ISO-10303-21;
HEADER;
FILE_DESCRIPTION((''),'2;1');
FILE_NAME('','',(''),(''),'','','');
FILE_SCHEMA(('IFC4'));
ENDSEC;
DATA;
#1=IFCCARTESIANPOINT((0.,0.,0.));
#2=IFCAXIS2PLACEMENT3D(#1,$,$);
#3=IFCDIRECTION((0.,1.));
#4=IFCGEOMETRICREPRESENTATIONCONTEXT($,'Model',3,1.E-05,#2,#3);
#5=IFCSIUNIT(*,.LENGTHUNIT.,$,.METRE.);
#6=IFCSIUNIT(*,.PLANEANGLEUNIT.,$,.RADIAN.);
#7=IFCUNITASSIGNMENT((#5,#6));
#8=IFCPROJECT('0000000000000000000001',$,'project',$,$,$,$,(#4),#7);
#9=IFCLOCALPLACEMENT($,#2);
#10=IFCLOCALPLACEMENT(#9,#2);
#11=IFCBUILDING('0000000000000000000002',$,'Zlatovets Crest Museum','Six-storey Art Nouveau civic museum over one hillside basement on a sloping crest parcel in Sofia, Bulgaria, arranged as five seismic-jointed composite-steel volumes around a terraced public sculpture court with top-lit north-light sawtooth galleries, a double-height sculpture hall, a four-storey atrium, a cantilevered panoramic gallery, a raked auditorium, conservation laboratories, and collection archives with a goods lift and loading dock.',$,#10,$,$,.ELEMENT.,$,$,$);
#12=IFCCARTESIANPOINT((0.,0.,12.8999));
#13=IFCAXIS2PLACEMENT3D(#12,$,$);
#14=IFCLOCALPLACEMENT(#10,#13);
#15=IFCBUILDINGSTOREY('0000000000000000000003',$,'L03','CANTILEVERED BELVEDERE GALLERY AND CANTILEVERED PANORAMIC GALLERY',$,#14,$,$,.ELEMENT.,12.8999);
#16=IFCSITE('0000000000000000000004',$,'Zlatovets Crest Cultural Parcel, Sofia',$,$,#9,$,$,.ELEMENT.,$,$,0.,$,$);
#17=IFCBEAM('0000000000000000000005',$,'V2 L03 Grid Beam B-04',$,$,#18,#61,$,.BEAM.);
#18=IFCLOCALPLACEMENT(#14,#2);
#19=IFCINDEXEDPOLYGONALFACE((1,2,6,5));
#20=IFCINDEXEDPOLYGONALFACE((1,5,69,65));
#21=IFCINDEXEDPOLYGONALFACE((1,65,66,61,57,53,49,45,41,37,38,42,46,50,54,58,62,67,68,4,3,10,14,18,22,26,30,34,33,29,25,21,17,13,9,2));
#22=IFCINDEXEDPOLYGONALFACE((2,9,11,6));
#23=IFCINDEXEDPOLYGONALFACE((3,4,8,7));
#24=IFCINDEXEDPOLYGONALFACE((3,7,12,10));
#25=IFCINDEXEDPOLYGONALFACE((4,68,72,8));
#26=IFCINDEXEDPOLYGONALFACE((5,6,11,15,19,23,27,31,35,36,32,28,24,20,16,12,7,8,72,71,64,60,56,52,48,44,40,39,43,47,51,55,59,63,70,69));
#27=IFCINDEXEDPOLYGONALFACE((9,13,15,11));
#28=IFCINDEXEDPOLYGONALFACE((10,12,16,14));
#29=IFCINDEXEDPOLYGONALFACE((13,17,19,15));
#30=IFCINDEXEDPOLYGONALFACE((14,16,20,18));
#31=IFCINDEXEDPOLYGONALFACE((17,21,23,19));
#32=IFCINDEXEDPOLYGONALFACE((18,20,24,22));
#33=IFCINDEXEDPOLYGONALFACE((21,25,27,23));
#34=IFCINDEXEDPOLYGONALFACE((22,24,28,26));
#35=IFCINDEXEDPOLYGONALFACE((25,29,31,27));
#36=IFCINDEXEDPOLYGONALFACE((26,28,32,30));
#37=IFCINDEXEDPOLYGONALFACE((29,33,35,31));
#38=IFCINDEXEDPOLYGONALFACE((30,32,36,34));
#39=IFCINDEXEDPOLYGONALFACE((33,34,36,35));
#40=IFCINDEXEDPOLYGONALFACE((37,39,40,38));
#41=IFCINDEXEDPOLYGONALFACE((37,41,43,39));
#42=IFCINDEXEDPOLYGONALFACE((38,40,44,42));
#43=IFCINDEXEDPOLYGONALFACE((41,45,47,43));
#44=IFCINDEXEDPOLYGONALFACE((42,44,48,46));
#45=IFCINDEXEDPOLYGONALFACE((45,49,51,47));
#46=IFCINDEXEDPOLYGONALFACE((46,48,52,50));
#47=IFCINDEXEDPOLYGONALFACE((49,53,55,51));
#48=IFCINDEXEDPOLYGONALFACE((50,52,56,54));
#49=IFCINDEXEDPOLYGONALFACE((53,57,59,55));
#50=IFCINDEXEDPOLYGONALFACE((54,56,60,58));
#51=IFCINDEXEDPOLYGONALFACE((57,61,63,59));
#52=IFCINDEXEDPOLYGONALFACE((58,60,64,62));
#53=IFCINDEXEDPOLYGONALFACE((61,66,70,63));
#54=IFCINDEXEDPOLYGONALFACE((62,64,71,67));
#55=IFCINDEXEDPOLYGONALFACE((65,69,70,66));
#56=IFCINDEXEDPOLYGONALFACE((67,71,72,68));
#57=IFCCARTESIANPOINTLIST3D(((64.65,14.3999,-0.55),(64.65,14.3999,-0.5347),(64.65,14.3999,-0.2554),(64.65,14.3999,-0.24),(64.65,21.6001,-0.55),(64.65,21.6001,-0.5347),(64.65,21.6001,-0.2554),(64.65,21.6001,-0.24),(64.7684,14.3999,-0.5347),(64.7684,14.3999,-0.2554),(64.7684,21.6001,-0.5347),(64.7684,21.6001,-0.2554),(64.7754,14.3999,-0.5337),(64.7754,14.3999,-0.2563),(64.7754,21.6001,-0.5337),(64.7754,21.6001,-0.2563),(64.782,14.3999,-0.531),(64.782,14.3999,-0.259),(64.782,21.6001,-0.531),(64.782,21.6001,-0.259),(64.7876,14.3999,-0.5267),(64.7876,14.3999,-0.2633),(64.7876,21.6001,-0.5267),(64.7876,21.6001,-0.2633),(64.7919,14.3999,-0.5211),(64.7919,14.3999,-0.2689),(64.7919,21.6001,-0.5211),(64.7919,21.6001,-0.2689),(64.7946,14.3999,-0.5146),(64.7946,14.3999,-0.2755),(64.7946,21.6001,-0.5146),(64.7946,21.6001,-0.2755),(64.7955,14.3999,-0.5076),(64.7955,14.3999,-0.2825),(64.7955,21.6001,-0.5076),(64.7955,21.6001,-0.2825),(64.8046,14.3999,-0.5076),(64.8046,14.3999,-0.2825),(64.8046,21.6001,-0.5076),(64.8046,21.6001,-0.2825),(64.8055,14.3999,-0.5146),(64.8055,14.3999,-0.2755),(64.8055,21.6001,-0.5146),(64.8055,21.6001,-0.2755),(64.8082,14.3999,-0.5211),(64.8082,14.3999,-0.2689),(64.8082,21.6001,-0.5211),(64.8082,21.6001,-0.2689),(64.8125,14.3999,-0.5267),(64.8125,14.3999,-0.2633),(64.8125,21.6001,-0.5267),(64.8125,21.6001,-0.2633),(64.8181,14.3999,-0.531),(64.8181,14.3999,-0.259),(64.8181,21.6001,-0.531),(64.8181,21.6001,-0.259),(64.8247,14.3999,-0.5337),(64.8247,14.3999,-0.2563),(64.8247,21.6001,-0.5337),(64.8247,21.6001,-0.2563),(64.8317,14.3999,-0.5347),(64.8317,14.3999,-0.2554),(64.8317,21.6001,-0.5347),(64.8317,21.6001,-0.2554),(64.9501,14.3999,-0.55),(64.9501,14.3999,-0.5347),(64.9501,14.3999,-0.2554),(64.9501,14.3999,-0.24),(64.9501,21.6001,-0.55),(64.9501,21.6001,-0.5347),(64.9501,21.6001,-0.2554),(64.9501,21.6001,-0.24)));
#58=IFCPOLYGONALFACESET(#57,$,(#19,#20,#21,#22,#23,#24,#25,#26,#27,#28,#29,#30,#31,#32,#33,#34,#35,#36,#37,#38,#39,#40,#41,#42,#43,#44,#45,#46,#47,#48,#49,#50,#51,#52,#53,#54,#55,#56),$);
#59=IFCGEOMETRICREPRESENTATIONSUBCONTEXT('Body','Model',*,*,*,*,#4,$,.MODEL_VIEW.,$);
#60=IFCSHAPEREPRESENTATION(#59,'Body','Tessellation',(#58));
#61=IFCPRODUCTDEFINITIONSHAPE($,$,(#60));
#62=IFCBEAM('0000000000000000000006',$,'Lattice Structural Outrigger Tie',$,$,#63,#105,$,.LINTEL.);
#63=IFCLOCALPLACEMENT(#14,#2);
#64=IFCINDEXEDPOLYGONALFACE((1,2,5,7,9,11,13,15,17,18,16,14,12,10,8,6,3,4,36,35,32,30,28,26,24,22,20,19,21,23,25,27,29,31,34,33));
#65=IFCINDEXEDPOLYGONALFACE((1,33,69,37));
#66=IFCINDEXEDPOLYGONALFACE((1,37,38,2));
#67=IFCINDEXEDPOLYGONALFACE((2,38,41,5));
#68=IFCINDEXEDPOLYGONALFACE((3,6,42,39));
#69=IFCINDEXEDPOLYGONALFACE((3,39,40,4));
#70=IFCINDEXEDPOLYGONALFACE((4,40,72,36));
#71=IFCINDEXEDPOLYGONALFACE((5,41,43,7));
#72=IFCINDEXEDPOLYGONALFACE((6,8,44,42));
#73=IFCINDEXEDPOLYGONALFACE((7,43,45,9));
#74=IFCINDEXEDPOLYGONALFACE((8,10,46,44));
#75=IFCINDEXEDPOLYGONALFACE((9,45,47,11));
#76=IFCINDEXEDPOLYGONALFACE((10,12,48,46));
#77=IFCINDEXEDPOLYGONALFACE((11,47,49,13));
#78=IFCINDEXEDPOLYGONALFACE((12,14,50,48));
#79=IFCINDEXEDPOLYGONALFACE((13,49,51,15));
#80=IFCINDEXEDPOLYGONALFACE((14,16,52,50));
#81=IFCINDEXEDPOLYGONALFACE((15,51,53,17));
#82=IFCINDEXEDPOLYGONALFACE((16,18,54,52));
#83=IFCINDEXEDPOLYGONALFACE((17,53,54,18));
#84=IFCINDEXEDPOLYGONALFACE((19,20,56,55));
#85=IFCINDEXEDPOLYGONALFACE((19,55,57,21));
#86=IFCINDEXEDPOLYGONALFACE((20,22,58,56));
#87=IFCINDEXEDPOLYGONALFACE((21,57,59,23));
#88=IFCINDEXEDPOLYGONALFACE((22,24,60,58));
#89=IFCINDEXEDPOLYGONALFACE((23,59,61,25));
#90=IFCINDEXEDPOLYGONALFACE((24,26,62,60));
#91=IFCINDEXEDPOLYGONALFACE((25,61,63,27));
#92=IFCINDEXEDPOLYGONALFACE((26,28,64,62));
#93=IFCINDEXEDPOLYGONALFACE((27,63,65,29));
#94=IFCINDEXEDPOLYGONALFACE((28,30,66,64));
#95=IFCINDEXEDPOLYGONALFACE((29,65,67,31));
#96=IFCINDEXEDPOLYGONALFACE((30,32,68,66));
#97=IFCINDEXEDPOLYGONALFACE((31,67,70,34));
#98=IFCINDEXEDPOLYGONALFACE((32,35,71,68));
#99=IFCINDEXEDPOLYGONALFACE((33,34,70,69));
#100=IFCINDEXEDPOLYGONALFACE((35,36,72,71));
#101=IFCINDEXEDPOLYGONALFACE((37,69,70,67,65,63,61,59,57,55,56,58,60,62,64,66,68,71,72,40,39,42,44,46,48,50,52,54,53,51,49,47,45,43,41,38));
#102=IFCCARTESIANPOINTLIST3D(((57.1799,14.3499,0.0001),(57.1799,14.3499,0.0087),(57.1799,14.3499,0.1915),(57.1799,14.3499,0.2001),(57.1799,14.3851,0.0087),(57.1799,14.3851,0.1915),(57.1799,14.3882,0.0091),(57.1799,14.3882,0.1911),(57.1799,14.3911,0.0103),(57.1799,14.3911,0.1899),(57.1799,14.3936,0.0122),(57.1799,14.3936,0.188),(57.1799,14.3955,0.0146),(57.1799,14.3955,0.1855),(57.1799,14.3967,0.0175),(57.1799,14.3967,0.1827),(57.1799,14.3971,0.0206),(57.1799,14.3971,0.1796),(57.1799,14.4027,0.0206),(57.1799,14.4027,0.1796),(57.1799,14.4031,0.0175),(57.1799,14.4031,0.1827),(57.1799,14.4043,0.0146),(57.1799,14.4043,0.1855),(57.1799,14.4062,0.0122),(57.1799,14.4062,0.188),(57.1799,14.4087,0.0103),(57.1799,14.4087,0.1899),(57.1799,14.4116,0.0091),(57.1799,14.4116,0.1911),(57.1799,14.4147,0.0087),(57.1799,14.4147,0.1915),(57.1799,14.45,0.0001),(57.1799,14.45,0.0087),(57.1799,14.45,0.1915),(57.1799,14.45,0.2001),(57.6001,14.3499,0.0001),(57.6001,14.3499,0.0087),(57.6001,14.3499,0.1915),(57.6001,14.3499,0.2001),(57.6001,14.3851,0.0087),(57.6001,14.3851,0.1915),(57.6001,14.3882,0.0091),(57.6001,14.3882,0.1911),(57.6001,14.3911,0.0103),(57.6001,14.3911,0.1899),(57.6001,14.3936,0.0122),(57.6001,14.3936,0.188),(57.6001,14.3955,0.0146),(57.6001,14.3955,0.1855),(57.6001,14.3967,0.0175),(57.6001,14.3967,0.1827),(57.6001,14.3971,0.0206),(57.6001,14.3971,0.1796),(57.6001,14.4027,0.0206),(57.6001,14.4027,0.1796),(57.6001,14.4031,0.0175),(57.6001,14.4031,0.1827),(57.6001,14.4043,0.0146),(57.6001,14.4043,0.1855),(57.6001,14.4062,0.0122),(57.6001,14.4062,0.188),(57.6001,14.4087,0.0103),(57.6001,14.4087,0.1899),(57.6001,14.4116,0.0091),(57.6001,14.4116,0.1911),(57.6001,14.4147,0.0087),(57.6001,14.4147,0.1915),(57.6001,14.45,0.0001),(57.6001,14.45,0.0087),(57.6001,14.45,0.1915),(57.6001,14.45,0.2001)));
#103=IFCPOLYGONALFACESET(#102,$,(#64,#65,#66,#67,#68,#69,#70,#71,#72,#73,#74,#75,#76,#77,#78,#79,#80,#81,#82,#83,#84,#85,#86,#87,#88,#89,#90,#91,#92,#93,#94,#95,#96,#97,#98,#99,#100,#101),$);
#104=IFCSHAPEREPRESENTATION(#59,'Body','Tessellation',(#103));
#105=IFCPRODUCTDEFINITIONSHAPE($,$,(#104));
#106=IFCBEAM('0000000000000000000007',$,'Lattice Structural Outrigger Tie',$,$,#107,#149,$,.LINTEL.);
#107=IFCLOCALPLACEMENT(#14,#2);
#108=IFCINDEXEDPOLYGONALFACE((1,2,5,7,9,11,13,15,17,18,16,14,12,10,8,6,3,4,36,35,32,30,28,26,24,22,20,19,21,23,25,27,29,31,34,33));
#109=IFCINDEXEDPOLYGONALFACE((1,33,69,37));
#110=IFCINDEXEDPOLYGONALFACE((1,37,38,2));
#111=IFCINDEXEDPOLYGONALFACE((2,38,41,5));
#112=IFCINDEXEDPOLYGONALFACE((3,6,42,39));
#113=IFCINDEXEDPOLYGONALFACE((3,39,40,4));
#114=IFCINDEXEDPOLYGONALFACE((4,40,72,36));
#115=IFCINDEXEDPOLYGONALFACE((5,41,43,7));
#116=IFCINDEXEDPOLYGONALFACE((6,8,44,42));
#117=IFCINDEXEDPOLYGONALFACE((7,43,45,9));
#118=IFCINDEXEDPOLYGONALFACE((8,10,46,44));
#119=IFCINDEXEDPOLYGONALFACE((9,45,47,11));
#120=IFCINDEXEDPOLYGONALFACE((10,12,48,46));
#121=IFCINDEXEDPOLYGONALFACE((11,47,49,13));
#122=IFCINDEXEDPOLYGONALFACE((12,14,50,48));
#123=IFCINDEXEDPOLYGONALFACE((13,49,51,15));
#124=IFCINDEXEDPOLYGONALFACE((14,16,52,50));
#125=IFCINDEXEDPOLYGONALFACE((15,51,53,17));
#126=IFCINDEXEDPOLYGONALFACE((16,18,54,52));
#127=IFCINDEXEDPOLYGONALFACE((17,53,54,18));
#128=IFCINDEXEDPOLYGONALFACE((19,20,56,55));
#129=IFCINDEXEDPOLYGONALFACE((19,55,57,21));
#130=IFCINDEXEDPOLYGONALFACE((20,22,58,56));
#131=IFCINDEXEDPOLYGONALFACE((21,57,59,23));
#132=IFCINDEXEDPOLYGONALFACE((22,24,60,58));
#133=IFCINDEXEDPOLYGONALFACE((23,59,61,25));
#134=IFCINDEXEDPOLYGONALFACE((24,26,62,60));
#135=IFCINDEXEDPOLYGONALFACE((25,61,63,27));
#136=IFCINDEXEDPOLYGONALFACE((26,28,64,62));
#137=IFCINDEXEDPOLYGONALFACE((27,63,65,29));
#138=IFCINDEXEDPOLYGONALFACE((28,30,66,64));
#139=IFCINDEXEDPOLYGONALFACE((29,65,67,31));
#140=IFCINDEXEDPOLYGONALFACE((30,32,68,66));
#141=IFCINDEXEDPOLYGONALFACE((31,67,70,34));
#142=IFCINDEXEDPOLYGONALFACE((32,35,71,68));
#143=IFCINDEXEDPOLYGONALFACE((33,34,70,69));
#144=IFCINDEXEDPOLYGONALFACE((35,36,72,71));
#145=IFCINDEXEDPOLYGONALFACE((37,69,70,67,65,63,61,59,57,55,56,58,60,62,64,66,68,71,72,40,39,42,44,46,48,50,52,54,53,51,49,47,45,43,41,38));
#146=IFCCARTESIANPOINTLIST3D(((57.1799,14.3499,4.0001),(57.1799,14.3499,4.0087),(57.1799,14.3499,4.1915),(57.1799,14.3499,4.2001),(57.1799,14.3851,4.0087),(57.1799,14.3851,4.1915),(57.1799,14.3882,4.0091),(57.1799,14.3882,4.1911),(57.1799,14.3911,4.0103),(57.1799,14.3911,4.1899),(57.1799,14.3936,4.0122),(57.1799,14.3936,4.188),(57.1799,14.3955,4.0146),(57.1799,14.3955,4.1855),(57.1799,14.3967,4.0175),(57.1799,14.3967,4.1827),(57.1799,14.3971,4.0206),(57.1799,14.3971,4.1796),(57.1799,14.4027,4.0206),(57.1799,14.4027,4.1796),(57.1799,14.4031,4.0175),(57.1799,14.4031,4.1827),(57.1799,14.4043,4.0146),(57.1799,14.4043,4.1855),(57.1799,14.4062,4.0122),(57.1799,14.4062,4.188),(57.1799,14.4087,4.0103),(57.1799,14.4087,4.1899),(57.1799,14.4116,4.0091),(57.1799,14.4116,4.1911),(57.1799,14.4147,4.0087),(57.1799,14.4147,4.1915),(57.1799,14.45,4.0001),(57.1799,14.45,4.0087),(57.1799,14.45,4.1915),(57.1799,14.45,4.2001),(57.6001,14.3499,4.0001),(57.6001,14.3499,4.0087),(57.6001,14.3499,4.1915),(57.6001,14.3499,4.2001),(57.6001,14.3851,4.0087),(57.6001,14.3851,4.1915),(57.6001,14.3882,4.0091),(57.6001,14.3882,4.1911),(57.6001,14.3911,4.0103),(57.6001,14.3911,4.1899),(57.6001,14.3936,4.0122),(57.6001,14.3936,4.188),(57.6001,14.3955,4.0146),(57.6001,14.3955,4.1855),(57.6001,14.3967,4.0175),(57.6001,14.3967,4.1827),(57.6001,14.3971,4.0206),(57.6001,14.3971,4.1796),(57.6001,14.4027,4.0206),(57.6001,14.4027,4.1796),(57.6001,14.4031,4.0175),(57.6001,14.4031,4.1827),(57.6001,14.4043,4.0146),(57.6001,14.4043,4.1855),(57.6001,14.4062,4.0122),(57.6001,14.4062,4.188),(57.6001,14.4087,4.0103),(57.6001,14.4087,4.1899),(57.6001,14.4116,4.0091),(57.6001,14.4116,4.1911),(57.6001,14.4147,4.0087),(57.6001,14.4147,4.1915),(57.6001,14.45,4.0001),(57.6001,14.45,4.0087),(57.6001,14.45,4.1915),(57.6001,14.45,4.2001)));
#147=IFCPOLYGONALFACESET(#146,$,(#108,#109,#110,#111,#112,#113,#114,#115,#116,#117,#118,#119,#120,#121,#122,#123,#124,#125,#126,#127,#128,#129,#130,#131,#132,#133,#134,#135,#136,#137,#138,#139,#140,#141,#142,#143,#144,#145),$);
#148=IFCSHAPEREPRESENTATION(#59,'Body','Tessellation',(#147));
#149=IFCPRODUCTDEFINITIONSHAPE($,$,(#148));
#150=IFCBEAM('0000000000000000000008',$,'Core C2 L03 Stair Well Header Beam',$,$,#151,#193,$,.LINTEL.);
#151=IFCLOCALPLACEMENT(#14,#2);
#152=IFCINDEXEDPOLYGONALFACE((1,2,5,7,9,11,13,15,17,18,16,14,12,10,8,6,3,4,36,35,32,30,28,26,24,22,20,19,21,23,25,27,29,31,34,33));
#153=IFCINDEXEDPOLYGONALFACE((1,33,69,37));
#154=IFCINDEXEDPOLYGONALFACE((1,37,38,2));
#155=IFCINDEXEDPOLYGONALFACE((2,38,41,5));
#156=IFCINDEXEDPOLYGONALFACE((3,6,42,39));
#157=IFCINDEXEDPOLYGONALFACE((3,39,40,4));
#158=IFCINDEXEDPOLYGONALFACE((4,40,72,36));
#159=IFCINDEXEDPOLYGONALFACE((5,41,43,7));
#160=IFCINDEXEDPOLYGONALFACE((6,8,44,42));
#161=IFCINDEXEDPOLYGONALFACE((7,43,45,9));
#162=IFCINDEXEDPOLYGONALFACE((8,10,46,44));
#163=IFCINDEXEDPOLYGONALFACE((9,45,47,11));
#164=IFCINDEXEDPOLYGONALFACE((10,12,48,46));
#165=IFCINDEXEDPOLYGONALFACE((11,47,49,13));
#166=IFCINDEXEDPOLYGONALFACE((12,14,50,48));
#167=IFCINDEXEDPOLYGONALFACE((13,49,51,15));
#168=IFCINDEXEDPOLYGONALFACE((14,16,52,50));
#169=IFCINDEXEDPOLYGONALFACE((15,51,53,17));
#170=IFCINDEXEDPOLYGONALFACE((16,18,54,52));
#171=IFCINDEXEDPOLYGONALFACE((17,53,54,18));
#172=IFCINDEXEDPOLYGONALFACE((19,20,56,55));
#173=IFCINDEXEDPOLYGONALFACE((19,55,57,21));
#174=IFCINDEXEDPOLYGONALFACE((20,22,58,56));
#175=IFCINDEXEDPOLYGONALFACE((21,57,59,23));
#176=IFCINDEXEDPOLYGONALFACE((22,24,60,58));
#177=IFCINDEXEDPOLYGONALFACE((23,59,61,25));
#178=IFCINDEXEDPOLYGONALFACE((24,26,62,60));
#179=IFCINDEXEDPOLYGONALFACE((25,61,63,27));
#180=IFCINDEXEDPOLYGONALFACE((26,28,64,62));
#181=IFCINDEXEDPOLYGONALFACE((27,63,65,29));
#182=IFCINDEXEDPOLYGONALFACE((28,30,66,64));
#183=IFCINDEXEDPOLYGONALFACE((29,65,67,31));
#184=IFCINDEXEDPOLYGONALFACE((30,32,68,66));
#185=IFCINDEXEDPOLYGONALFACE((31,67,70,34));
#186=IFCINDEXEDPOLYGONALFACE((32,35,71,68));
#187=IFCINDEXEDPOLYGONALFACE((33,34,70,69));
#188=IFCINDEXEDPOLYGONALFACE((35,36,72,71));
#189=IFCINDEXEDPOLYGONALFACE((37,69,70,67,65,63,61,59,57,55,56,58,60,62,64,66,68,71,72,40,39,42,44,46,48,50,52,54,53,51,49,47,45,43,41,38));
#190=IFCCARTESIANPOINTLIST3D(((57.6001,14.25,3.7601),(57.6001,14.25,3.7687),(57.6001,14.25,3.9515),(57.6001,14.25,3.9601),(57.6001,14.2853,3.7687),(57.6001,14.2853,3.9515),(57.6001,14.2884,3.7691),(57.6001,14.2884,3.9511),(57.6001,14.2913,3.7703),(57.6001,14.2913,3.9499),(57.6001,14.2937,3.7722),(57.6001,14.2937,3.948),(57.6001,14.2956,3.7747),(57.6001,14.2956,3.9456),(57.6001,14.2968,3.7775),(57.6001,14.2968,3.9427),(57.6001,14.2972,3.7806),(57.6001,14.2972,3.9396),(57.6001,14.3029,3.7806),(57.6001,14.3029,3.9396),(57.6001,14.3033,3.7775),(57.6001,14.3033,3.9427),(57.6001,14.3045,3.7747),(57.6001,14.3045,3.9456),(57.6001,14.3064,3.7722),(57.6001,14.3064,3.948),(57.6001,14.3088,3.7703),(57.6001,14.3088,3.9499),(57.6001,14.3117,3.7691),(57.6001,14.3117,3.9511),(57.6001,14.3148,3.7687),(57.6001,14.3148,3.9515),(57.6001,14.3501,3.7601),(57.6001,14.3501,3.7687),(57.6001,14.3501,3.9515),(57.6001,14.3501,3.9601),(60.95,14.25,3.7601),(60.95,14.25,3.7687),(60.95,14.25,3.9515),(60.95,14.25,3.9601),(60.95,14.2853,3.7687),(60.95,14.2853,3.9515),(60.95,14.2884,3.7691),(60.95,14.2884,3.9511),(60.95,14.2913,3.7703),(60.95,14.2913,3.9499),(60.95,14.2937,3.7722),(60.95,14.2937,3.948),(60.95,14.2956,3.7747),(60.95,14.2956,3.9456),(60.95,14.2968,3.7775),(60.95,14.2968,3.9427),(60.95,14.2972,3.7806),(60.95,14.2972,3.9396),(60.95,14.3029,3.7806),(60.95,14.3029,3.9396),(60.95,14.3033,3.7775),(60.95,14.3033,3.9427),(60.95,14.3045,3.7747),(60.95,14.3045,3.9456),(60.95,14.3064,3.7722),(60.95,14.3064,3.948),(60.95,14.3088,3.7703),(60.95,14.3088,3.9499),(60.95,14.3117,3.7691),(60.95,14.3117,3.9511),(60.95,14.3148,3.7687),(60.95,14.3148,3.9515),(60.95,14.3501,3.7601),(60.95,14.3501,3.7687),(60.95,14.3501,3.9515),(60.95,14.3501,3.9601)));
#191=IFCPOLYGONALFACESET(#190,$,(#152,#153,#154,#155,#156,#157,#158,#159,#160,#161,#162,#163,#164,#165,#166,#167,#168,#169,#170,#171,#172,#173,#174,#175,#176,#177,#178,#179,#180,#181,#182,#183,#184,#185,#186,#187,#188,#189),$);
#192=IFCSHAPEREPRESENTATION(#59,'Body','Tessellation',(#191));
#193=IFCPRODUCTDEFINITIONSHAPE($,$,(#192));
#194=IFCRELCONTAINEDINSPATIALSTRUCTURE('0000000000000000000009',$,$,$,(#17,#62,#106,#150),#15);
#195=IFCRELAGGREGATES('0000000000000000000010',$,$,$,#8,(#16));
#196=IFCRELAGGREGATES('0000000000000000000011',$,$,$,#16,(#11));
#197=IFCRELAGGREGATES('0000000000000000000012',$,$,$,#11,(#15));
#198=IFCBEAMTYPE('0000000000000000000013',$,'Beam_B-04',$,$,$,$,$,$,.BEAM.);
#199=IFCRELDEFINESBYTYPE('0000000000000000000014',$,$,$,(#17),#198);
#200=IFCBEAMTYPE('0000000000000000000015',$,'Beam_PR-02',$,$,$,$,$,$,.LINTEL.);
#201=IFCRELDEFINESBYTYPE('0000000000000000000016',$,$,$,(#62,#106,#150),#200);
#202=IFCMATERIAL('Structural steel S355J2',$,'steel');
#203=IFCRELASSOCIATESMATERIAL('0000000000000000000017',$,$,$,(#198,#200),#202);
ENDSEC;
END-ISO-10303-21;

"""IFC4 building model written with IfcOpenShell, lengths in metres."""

from ifc_helpers import new_model, si_unit, direction, frame, origin, origin_2d, place, context, subcontext, project, spatial, i_section, extrude, material, material_profile, profile_set, type_object, element, save


model = new_model("IFC4")

# Units and contexts
model_context = context("Model", 3, precision=1e-05, world=origin(), true_north=direction((0.0, 1.0)))
body_context = subcontext(model_context, "Body", "Model", "MODEL_VIEW")
ifc_project = project(units=[si_unit("LENGTHUNIT", "METRE"), si_unit("PLANEANGLEUNIT", "RADIAN")], contexts=[model_context])

# Site, building, storey
site_placement = place(None, origin())
site = spatial("IfcSite", under=ifc_project, at=site_placement, Name="Zlatovets Crest Cultural Parcel, Sofia", CompositionType="ELEMENT", RefElevation=0.0)
building_placement = place(site_placement, origin())
building = spatial("IfcBuilding", under=site, at=building_placement, Name="Zlatovets Crest Museum", Description="Six-storey Art Nouveau civic museum over one hillside basement on a sloping crest parcel in Sofia, Bulgaria, arranged as five seismic-jointed composite-steel volumes around a terraced public sculpture court with top-lit north-light sawtooth galleries, a double-height sculpture hall, a four-storey atrium, a cantilevered panoramic gallery, a raked auditorium, conservation laboratories, and collection archives with a goods lift and loading dock.", CompositionType="ELEMENT")
storey_placement = place(building_placement, frame((0.0, 0.0, 12.8999)))
storey = spatial("IfcBuildingStorey", under=building, at=storey_placement, Name="L03", Description="CANTILEVERED BELVEDERE GALLERY AND CANTILEVERED PANORAMIC GALLERY", CompositionType="ELEMENT", Elevation=12.8999)

# Shared definitions
ifc_material_1 = material(Name="Structural steel S355J2", Category="steel")

# Beams
ifc_material_profile_1 = material_profile(ifc_material_1, i_section(OverallWidth=0.3, OverallDepth=0.3101, WebThickness=0.009, FlangeThickness=0.0154, FilletRadius=0.0271, at=origin_2d()), Name="HEA 320")
ifc_profile_set_1 = profile_set([ifc_material_profile_1], Name="Structural steel S355J2")
beam_type_1 = type_object("IfcBeamType", Name="Beam_B-04", PredefinedType="BEAM", material=ifc_profile_set_1)
beam_placement = place(storey_placement, frame((64.8, 14.3999, -0.395), z_axis=(0.0, 1.0, 0.0), x_axis=(-1.0, 0.0, 0.0)))
element("IfcBeam", 1, at=beam_placement, inside=storey, type_object=beam_type_1, Name="V2 L03 Grid Beam B-04", PredefinedType="BEAM", context=body_context, shape_type="SweptSolid", body=[
    extrude(i_section(OverallWidth=0.3, OverallDepth=0.3101, WebThickness=0.009, FlangeThickness=0.0154, FilletRadius=0.0271, at=origin_2d()), origin(), (0.0, 0.0, 1.0), 7.2002),
])
ifc_material_profile_2 = material_profile(ifc_material_1, i_section(OverallWidth=0.1001, OverallDepth=0.2, WebThickness=0.0056, FlangeThickness=0.0085, FilletRadius=0.012, at=origin_2d()), Name="IPE 200")
ifc_profile_set_2 = profile_set([ifc_material_profile_2], Name="Structural steel S355J2")
beam_type_2 = type_object("IfcBeamType", Name="Beam_PR-02", PredefinedType="LINTEL", material=ifc_profile_set_2)
for number, where, z_axis, x_axis, name in (
    (2, (57.6001, 14.3999, 0.1001), (-1.0, 0.0, 0.0), (0.0, -1.0, 0.0), "Lattice Structural Outrigger Tie"),
    (3, (57.6001, 14.3999, 4.1001), (-1.0, 0.0, 0.0), (0.0, -1.0, 0.0), "Lattice Structural Outrigger Tie"),
):
    element("IfcBeam", number, at=place(storey_placement, frame(where, z_axis=z_axis, x_axis=x_axis)), inside=storey, type_object=beam_type_2, Name=name, PredefinedType="LINTEL", context=body_context, shape_type="SweptSolid", body=[
        extrude(i_section(OverallWidth=0.1001, OverallDepth=0.2, WebThickness=0.0056, FlangeThickness=0.0085, FilletRadius=0.012, at=origin_2d()), origin(), (0.0, 0.0, 1.0), 0.4202),
    ])
for number, where, z_axis, x_axis, name in (
    (4, (57.6001, 14.3, 3.8601), (1.0, 0.0, 0.0), (0.0, 1.0, 0.0), "Core C2 L03 Stair Well Header Beam"),
):
    element("IfcBeam", number, at=place(storey_placement, frame(where, z_axis=z_axis, x_axis=x_axis)), inside=storey, type_object=beam_type_2, Name=name, PredefinedType="LINTEL", context=body_context, shape_type="SweptSolid", body=[
        extrude(i_section(OverallWidth=0.1001, OverallDepth=0.2, WebThickness=0.0056, FlangeThickness=0.0085, FilletRadius=0.012, at=origin_2d()), origin(), (0.0, 0.0, 1.0), 3.3499),
    ])

save(model, "model.ifc")
